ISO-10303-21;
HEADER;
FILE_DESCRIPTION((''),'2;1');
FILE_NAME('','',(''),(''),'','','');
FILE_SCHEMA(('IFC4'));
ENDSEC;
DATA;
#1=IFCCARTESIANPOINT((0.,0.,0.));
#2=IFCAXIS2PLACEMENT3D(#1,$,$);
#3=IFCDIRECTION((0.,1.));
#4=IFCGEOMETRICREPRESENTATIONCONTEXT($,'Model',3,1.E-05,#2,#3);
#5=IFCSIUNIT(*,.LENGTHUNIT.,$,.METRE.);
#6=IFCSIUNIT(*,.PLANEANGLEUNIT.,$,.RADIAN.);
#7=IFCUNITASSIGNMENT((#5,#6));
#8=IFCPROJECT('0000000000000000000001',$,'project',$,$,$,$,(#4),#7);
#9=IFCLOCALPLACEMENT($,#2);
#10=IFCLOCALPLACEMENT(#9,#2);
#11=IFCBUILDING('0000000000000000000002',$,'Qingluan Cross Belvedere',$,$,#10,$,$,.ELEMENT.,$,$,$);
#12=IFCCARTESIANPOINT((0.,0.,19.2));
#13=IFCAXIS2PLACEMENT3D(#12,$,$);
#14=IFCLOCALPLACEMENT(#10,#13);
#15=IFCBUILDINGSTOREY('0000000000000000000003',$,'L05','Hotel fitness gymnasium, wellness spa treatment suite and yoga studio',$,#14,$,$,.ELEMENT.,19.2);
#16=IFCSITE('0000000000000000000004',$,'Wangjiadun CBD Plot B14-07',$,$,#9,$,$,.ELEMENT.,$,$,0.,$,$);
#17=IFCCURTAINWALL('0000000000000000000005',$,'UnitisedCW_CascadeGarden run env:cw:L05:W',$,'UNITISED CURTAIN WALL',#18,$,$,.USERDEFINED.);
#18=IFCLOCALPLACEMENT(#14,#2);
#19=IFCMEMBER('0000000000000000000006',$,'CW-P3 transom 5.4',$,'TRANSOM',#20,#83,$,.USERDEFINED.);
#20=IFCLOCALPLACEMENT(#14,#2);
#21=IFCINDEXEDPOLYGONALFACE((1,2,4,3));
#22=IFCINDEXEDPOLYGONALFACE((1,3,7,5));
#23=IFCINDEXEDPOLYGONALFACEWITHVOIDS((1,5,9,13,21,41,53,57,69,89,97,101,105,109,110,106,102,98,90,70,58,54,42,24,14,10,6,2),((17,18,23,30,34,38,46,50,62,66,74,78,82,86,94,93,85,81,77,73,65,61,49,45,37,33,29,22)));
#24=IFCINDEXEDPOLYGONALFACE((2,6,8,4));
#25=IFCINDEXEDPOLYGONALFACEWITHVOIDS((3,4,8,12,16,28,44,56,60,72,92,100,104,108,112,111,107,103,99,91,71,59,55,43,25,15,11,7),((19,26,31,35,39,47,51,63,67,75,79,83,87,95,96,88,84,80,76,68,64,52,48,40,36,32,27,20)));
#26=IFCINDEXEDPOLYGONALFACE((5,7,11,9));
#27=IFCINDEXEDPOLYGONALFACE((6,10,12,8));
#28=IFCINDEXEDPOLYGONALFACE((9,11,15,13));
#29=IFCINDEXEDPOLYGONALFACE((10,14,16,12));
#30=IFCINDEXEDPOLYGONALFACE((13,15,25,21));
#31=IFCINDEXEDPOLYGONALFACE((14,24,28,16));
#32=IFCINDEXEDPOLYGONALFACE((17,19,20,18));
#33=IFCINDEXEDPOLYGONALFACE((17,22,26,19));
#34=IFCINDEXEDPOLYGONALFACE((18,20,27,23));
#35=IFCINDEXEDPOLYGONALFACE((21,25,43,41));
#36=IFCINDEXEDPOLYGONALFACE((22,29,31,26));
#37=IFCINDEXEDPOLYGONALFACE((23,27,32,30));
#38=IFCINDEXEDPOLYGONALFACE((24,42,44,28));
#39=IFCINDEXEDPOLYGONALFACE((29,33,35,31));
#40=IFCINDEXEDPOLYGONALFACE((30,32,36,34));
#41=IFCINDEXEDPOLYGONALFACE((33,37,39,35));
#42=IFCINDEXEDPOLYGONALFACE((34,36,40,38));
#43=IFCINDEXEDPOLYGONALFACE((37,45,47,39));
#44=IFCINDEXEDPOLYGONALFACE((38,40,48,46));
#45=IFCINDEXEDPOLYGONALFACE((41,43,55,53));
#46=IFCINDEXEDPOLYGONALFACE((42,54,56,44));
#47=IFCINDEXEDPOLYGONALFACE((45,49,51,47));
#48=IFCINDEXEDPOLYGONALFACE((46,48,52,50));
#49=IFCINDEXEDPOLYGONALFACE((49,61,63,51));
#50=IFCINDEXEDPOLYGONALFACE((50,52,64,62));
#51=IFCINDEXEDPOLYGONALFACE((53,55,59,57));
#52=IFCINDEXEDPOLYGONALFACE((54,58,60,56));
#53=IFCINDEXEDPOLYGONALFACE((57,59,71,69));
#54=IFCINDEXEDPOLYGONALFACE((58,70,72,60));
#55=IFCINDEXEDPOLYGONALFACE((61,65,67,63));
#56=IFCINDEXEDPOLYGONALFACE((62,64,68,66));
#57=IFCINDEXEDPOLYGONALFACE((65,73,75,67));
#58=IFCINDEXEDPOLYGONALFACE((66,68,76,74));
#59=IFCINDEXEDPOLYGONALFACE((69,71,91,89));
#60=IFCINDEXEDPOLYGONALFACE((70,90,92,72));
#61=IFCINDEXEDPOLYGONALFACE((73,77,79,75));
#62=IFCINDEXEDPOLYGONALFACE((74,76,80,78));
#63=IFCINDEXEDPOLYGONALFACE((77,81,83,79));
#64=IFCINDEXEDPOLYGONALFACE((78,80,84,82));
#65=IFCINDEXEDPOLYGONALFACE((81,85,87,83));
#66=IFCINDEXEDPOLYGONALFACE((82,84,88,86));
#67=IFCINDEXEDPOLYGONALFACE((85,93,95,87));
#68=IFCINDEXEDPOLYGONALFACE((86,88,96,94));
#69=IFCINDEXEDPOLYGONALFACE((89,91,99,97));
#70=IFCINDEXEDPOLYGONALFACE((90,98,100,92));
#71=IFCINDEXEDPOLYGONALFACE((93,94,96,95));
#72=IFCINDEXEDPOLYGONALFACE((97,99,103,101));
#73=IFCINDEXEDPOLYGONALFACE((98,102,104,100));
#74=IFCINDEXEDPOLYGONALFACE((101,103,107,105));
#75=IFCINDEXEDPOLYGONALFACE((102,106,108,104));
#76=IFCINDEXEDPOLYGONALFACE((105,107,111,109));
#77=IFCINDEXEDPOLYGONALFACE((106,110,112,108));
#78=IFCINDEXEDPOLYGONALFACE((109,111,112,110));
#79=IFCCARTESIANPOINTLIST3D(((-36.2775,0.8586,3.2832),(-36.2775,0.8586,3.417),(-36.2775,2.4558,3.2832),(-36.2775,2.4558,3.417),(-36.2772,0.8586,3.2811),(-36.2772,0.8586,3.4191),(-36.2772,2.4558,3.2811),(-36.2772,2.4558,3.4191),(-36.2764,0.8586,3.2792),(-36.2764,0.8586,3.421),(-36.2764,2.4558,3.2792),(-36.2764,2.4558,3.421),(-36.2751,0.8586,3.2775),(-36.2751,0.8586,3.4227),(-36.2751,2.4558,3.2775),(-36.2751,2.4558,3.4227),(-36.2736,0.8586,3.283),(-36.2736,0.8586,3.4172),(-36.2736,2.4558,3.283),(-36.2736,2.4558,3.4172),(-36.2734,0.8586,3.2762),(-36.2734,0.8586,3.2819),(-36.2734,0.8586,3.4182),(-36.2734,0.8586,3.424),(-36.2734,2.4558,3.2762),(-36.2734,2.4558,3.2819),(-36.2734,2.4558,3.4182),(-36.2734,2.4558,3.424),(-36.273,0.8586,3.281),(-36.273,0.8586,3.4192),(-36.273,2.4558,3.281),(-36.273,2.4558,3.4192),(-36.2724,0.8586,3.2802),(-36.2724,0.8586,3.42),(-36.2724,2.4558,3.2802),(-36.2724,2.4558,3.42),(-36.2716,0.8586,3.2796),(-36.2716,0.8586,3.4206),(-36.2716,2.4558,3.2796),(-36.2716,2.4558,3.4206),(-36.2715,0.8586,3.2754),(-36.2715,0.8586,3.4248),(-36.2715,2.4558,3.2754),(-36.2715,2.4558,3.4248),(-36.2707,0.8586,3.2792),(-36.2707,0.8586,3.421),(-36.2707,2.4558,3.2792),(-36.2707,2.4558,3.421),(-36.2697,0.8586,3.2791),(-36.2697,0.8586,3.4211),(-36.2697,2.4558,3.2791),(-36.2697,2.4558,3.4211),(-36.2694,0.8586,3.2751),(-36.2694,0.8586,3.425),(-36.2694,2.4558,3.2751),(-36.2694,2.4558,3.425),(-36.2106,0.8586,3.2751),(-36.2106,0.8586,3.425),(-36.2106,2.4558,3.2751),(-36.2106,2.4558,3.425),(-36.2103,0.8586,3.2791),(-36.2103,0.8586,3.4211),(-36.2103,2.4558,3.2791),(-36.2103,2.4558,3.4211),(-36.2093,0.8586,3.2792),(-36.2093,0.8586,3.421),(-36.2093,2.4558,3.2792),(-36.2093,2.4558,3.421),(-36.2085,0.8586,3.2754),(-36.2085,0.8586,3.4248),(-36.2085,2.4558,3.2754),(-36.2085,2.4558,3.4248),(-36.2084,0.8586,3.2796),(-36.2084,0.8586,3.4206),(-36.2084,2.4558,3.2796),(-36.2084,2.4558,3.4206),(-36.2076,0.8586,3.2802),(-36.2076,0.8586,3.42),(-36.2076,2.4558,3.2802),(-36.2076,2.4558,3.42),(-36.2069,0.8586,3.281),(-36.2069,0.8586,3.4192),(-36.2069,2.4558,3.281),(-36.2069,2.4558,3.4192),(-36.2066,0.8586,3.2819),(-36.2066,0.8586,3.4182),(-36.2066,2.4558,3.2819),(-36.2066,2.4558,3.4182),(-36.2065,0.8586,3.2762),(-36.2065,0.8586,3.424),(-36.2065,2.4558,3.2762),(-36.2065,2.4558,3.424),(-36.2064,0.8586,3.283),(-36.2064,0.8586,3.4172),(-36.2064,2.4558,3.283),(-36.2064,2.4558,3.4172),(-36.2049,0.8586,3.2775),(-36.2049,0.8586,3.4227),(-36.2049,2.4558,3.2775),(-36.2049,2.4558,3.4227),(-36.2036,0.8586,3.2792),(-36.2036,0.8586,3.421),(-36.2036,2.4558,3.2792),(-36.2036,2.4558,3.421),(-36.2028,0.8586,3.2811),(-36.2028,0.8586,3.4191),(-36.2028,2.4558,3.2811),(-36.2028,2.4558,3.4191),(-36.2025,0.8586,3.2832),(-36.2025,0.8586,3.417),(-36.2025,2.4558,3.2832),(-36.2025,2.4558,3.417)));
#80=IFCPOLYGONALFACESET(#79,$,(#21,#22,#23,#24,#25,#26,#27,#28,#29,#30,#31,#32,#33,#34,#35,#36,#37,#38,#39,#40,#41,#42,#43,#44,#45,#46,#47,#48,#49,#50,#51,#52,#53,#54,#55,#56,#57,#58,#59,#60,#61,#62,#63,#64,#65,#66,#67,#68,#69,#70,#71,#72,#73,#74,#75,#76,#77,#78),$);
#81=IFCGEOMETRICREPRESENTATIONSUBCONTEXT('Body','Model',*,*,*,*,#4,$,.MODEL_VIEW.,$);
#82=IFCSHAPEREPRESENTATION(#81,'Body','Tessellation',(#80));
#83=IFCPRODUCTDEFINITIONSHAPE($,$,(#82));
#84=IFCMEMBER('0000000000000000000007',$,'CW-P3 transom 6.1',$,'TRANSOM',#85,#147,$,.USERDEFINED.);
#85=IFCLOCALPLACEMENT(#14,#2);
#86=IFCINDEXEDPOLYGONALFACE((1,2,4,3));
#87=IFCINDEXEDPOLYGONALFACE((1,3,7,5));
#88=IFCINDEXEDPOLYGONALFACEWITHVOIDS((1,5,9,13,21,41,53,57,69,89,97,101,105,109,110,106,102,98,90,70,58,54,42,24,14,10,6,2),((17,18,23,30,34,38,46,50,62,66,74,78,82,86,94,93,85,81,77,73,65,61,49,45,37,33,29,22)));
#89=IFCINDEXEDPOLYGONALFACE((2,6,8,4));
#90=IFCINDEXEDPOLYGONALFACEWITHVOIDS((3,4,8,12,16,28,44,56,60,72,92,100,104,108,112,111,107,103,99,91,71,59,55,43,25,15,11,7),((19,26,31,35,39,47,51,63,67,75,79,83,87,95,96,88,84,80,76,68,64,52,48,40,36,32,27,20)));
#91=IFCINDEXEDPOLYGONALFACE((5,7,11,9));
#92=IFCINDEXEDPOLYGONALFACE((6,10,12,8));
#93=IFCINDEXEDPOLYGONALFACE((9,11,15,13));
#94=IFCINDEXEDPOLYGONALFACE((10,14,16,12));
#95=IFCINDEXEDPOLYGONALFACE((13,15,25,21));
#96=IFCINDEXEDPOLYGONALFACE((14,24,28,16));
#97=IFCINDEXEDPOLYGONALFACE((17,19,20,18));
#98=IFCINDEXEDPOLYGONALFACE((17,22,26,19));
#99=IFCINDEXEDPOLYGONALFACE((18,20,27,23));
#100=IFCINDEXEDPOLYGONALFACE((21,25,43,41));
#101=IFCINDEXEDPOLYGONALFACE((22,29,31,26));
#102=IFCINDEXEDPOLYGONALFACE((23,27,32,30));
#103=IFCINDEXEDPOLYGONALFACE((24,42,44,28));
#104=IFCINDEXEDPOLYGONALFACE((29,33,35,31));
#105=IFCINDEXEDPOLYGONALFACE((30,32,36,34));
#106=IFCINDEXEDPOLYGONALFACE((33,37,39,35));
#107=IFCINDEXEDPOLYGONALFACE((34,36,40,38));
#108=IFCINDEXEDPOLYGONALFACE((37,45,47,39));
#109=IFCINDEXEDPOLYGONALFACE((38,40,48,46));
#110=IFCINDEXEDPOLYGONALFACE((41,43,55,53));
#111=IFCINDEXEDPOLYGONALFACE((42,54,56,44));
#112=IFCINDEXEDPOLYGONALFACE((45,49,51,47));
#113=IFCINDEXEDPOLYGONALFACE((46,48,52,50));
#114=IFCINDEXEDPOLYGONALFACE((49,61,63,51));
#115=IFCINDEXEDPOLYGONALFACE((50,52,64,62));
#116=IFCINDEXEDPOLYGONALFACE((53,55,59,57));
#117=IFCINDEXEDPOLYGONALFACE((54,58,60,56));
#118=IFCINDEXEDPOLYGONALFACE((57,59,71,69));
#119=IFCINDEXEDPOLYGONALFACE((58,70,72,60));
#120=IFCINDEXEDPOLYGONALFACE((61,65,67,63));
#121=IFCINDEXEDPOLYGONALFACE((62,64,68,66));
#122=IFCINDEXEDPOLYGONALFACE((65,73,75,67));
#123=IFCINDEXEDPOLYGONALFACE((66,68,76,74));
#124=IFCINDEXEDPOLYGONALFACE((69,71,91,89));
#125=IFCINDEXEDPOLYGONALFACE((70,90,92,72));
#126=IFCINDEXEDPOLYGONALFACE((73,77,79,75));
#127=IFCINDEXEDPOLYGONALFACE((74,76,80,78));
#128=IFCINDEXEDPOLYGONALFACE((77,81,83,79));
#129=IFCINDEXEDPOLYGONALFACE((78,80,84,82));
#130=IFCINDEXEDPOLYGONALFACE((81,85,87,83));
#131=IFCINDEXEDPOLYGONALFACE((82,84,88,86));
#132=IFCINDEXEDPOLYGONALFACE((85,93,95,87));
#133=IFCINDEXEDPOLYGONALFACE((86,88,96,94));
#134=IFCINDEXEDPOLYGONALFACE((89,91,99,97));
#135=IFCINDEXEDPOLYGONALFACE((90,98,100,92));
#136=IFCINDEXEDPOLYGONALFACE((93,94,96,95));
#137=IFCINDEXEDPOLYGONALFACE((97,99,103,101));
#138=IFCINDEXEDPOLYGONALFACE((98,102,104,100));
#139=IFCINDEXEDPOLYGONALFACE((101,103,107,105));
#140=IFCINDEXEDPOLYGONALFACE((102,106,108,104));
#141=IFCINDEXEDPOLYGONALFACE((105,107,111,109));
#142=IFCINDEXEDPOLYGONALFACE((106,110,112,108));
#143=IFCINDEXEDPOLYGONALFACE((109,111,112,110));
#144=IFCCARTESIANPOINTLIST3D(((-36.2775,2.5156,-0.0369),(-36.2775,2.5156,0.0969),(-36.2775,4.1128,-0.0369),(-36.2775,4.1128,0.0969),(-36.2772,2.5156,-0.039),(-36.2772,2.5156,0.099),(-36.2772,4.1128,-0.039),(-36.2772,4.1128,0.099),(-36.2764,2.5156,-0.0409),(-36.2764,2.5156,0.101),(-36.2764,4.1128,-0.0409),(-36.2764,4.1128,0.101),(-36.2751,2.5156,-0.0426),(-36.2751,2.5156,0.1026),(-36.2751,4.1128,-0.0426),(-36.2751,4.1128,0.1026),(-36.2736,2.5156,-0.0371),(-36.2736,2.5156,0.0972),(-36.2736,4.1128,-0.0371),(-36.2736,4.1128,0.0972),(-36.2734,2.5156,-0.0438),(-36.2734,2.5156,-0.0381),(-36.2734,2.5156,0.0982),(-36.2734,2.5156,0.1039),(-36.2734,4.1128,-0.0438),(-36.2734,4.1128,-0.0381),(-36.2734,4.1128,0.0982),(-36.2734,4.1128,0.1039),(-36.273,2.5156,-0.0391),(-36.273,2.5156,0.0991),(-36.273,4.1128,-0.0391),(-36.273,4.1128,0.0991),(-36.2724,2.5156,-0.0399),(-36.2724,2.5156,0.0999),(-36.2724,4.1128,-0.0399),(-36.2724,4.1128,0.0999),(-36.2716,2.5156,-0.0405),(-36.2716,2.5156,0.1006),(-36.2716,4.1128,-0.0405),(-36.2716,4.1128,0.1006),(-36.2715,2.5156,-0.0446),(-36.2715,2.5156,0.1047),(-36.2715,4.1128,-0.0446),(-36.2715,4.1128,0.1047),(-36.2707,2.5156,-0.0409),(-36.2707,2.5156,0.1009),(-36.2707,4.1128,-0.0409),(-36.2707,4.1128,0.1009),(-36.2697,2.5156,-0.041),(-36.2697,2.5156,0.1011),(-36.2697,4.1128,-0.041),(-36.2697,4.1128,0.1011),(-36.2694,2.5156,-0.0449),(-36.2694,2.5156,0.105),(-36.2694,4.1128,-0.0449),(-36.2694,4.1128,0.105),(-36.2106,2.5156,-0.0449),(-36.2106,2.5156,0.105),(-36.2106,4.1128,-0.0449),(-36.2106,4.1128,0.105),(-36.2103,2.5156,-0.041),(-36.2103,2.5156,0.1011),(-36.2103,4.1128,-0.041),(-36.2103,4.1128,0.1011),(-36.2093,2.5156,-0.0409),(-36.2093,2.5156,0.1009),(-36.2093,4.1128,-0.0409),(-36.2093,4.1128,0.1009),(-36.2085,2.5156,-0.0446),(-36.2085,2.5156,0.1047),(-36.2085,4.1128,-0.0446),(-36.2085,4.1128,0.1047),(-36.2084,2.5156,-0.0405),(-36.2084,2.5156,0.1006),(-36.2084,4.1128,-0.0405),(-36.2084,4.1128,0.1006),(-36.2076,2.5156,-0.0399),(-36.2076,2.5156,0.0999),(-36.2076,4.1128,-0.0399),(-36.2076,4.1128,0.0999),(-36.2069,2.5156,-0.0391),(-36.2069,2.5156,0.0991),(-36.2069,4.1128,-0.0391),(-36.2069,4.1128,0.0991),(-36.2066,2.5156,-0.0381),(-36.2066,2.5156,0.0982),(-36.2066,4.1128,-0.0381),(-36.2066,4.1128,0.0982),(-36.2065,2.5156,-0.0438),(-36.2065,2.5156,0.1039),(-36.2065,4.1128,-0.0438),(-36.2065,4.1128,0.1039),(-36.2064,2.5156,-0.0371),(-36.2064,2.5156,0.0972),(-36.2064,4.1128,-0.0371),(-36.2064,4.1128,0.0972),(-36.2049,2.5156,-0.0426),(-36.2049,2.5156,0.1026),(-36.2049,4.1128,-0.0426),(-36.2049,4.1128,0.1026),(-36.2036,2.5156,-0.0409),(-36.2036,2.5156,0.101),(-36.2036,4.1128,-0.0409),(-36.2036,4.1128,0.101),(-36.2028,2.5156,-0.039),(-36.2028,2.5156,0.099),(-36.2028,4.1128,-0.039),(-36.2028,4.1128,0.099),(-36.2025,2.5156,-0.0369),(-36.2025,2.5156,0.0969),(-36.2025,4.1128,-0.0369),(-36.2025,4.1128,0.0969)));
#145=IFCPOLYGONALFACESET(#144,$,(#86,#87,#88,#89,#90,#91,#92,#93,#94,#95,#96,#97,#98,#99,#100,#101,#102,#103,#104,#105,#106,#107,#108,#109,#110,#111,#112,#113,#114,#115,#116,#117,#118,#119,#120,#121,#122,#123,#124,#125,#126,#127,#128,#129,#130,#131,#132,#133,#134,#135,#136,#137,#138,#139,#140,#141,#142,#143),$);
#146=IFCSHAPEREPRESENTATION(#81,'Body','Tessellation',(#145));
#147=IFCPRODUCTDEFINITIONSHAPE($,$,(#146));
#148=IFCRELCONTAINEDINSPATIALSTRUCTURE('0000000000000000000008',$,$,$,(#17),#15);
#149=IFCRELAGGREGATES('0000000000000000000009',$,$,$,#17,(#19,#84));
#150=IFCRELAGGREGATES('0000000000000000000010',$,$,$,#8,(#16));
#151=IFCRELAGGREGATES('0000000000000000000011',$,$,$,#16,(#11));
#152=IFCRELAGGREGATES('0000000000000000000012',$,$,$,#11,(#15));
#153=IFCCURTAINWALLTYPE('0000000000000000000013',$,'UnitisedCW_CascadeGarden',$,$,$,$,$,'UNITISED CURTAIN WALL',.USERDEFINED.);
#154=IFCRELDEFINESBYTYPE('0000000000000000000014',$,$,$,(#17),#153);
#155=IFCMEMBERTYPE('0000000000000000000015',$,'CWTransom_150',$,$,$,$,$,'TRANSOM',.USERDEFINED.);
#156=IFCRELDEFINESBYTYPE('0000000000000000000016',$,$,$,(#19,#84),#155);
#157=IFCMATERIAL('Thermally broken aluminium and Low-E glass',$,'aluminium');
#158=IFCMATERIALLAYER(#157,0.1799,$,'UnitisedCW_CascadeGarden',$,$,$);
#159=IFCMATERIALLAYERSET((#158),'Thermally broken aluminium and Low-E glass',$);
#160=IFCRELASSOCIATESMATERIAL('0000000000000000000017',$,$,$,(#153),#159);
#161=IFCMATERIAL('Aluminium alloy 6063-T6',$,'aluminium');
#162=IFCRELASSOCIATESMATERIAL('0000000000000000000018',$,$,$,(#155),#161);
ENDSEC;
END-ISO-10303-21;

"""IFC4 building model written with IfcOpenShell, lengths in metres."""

from ifc_helpers import new_model, si_unit, direction, frame, origin, origin_2d, place, context, subcontext, project, spatial, hollow_rectangle, extrude, material, layer, layer_set, material_profile, profile_set, type_object, element, aggregate, save


model = new_model("IFC4")

# Units and contexts
model_context = context("Model", 3, precision=1e-05, world=origin(), true_north=direction((0.0, 1.0)))
body_context = subcontext(model_context, "Body", "Model", "MODEL_VIEW")
ifc_project = project(units=[si_unit("LENGTHUNIT", "METRE"), si_unit("PLANEANGLEUNIT", "RADIAN")], contexts=[model_context])

# Site, building, storey
site_placement = place(None, origin())
site = spatial("IfcSite", under=ifc_project, at=site_placement, Name="Wangjiadun CBD Plot B14-07", CompositionType="ELEMENT", RefElevation=0.0)
building_placement = place(site_placement, origin())
building = spatial("IfcBuilding", under=site, at=building_placement, Name="Qingluan Cross Belvedere", CompositionType="ELEMENT")
storey_placement = place(building_placement, frame((0.0, 0.0, 19.2)))
storey = spatial("IfcBuildingStorey", under=building, at=storey_placement, Name="L05", Description="Hotel fitness gymnasium, wellness spa treatment suite and yoga studio", CompositionType="ELEMENT", Elevation=19.2)

# Curtain wall, members
ifc_material_1 = material(Name="Thermally broken aluminium and Low-E glass", Category="aluminium")
ifc_layer_1 = layer(ifc_material_1, 0.1799, Name="UnitisedCW_CascadeGarden")
ifc_layer_set_1 = layer_set([ifc_layer_1], Name="Thermally broken aluminium and Low-E glass")
curtain_wall_type = type_object("IfcCurtainWallType", Name="UnitisedCW_CascadeGarden", ElementType="UNITISED CURTAIN WALL", PredefinedType="USERDEFINED", material=ifc_layer_set_1)
curtain_wall_placement = place(storey_placement, origin())
curtain_wall = element("IfcCurtainWall", 1, at=curtain_wall_placement, inside=storey, type_object=curtain_wall_type, Name="UnitisedCW_CascadeGarden run env:cw:L05:W", ObjectType="UNITISED CURTAIN WALL", PredefinedType="USERDEFINED")
ifc_material_2 = material(Name="Aluminium alloy 6063-T6", Category="aluminium")
ifc_material_profile_1 = material_profile(ifc_material_2, hollow_rectangle(XDim=0.075, YDim=0.1499, WallThickness=0.0039, InnerFilletRadius=0.0039, OuterFilletRadius=0.0081, at=origin_2d()), Name="CWT150x75x4")
ifc_profile_set_1 = profile_set([ifc_material_profile_1], Name="Aluminium alloy 6063-T6")
member_type_1 = type_object("IfcMemberType", Name="CWTransom_150", ElementType="TRANSOM", PredefinedType="USERDEFINED", material=ifc_profile_set_1)
member_1_placement = place(storey_placement, frame((-36.24, 0.8586, 3.3501), z_axis=(0.0, 1.0, 0.0), x_axis=(-1.0, 0.0, 0.0)))
member_1 = element("IfcMember", 2, at=member_1_placement, type_object=member_type_1, Name="CW-P3 transom 5.4", ObjectType="TRANSOM", PredefinedType="USERDEFINED", context=body_context, shape_type="SweptSolid", body=[
    extrude(hollow_rectangle(XDim=0.075, YDim=0.1499, WallThickness=0.0039, InnerFilletRadius=0.0039, OuterFilletRadius=0.0081, at=origin_2d()), origin(), (0.0, 0.0, 1.0), 1.5972),
])
member_2_placement = place(storey_placement, frame((-36.24, 2.5156, 0.03), z_axis=(0.0, 1.0, 0.0), x_axis=(-1.0, 0.0, 0.0)))
member_2 = element("IfcMember", 3, at=member_2_placement, type_object=member_type_1, Name="CW-P3 transom 6.1", ObjectType="TRANSOM", PredefinedType="USERDEFINED", context=body_context, shape_type="SweptSolid", body=[
    extrude(hollow_rectangle(XDim=0.075, YDim=0.1499, WallThickness=0.0039, InnerFilletRadius=0.0039, OuterFilletRadius=0.0081, at=origin_2d()), origin(), (0.0, 0.0, 1.0), 1.5972),
])

aggregate(curtain_wall, [member_1, member_2])

save(model, "model.ifc")
